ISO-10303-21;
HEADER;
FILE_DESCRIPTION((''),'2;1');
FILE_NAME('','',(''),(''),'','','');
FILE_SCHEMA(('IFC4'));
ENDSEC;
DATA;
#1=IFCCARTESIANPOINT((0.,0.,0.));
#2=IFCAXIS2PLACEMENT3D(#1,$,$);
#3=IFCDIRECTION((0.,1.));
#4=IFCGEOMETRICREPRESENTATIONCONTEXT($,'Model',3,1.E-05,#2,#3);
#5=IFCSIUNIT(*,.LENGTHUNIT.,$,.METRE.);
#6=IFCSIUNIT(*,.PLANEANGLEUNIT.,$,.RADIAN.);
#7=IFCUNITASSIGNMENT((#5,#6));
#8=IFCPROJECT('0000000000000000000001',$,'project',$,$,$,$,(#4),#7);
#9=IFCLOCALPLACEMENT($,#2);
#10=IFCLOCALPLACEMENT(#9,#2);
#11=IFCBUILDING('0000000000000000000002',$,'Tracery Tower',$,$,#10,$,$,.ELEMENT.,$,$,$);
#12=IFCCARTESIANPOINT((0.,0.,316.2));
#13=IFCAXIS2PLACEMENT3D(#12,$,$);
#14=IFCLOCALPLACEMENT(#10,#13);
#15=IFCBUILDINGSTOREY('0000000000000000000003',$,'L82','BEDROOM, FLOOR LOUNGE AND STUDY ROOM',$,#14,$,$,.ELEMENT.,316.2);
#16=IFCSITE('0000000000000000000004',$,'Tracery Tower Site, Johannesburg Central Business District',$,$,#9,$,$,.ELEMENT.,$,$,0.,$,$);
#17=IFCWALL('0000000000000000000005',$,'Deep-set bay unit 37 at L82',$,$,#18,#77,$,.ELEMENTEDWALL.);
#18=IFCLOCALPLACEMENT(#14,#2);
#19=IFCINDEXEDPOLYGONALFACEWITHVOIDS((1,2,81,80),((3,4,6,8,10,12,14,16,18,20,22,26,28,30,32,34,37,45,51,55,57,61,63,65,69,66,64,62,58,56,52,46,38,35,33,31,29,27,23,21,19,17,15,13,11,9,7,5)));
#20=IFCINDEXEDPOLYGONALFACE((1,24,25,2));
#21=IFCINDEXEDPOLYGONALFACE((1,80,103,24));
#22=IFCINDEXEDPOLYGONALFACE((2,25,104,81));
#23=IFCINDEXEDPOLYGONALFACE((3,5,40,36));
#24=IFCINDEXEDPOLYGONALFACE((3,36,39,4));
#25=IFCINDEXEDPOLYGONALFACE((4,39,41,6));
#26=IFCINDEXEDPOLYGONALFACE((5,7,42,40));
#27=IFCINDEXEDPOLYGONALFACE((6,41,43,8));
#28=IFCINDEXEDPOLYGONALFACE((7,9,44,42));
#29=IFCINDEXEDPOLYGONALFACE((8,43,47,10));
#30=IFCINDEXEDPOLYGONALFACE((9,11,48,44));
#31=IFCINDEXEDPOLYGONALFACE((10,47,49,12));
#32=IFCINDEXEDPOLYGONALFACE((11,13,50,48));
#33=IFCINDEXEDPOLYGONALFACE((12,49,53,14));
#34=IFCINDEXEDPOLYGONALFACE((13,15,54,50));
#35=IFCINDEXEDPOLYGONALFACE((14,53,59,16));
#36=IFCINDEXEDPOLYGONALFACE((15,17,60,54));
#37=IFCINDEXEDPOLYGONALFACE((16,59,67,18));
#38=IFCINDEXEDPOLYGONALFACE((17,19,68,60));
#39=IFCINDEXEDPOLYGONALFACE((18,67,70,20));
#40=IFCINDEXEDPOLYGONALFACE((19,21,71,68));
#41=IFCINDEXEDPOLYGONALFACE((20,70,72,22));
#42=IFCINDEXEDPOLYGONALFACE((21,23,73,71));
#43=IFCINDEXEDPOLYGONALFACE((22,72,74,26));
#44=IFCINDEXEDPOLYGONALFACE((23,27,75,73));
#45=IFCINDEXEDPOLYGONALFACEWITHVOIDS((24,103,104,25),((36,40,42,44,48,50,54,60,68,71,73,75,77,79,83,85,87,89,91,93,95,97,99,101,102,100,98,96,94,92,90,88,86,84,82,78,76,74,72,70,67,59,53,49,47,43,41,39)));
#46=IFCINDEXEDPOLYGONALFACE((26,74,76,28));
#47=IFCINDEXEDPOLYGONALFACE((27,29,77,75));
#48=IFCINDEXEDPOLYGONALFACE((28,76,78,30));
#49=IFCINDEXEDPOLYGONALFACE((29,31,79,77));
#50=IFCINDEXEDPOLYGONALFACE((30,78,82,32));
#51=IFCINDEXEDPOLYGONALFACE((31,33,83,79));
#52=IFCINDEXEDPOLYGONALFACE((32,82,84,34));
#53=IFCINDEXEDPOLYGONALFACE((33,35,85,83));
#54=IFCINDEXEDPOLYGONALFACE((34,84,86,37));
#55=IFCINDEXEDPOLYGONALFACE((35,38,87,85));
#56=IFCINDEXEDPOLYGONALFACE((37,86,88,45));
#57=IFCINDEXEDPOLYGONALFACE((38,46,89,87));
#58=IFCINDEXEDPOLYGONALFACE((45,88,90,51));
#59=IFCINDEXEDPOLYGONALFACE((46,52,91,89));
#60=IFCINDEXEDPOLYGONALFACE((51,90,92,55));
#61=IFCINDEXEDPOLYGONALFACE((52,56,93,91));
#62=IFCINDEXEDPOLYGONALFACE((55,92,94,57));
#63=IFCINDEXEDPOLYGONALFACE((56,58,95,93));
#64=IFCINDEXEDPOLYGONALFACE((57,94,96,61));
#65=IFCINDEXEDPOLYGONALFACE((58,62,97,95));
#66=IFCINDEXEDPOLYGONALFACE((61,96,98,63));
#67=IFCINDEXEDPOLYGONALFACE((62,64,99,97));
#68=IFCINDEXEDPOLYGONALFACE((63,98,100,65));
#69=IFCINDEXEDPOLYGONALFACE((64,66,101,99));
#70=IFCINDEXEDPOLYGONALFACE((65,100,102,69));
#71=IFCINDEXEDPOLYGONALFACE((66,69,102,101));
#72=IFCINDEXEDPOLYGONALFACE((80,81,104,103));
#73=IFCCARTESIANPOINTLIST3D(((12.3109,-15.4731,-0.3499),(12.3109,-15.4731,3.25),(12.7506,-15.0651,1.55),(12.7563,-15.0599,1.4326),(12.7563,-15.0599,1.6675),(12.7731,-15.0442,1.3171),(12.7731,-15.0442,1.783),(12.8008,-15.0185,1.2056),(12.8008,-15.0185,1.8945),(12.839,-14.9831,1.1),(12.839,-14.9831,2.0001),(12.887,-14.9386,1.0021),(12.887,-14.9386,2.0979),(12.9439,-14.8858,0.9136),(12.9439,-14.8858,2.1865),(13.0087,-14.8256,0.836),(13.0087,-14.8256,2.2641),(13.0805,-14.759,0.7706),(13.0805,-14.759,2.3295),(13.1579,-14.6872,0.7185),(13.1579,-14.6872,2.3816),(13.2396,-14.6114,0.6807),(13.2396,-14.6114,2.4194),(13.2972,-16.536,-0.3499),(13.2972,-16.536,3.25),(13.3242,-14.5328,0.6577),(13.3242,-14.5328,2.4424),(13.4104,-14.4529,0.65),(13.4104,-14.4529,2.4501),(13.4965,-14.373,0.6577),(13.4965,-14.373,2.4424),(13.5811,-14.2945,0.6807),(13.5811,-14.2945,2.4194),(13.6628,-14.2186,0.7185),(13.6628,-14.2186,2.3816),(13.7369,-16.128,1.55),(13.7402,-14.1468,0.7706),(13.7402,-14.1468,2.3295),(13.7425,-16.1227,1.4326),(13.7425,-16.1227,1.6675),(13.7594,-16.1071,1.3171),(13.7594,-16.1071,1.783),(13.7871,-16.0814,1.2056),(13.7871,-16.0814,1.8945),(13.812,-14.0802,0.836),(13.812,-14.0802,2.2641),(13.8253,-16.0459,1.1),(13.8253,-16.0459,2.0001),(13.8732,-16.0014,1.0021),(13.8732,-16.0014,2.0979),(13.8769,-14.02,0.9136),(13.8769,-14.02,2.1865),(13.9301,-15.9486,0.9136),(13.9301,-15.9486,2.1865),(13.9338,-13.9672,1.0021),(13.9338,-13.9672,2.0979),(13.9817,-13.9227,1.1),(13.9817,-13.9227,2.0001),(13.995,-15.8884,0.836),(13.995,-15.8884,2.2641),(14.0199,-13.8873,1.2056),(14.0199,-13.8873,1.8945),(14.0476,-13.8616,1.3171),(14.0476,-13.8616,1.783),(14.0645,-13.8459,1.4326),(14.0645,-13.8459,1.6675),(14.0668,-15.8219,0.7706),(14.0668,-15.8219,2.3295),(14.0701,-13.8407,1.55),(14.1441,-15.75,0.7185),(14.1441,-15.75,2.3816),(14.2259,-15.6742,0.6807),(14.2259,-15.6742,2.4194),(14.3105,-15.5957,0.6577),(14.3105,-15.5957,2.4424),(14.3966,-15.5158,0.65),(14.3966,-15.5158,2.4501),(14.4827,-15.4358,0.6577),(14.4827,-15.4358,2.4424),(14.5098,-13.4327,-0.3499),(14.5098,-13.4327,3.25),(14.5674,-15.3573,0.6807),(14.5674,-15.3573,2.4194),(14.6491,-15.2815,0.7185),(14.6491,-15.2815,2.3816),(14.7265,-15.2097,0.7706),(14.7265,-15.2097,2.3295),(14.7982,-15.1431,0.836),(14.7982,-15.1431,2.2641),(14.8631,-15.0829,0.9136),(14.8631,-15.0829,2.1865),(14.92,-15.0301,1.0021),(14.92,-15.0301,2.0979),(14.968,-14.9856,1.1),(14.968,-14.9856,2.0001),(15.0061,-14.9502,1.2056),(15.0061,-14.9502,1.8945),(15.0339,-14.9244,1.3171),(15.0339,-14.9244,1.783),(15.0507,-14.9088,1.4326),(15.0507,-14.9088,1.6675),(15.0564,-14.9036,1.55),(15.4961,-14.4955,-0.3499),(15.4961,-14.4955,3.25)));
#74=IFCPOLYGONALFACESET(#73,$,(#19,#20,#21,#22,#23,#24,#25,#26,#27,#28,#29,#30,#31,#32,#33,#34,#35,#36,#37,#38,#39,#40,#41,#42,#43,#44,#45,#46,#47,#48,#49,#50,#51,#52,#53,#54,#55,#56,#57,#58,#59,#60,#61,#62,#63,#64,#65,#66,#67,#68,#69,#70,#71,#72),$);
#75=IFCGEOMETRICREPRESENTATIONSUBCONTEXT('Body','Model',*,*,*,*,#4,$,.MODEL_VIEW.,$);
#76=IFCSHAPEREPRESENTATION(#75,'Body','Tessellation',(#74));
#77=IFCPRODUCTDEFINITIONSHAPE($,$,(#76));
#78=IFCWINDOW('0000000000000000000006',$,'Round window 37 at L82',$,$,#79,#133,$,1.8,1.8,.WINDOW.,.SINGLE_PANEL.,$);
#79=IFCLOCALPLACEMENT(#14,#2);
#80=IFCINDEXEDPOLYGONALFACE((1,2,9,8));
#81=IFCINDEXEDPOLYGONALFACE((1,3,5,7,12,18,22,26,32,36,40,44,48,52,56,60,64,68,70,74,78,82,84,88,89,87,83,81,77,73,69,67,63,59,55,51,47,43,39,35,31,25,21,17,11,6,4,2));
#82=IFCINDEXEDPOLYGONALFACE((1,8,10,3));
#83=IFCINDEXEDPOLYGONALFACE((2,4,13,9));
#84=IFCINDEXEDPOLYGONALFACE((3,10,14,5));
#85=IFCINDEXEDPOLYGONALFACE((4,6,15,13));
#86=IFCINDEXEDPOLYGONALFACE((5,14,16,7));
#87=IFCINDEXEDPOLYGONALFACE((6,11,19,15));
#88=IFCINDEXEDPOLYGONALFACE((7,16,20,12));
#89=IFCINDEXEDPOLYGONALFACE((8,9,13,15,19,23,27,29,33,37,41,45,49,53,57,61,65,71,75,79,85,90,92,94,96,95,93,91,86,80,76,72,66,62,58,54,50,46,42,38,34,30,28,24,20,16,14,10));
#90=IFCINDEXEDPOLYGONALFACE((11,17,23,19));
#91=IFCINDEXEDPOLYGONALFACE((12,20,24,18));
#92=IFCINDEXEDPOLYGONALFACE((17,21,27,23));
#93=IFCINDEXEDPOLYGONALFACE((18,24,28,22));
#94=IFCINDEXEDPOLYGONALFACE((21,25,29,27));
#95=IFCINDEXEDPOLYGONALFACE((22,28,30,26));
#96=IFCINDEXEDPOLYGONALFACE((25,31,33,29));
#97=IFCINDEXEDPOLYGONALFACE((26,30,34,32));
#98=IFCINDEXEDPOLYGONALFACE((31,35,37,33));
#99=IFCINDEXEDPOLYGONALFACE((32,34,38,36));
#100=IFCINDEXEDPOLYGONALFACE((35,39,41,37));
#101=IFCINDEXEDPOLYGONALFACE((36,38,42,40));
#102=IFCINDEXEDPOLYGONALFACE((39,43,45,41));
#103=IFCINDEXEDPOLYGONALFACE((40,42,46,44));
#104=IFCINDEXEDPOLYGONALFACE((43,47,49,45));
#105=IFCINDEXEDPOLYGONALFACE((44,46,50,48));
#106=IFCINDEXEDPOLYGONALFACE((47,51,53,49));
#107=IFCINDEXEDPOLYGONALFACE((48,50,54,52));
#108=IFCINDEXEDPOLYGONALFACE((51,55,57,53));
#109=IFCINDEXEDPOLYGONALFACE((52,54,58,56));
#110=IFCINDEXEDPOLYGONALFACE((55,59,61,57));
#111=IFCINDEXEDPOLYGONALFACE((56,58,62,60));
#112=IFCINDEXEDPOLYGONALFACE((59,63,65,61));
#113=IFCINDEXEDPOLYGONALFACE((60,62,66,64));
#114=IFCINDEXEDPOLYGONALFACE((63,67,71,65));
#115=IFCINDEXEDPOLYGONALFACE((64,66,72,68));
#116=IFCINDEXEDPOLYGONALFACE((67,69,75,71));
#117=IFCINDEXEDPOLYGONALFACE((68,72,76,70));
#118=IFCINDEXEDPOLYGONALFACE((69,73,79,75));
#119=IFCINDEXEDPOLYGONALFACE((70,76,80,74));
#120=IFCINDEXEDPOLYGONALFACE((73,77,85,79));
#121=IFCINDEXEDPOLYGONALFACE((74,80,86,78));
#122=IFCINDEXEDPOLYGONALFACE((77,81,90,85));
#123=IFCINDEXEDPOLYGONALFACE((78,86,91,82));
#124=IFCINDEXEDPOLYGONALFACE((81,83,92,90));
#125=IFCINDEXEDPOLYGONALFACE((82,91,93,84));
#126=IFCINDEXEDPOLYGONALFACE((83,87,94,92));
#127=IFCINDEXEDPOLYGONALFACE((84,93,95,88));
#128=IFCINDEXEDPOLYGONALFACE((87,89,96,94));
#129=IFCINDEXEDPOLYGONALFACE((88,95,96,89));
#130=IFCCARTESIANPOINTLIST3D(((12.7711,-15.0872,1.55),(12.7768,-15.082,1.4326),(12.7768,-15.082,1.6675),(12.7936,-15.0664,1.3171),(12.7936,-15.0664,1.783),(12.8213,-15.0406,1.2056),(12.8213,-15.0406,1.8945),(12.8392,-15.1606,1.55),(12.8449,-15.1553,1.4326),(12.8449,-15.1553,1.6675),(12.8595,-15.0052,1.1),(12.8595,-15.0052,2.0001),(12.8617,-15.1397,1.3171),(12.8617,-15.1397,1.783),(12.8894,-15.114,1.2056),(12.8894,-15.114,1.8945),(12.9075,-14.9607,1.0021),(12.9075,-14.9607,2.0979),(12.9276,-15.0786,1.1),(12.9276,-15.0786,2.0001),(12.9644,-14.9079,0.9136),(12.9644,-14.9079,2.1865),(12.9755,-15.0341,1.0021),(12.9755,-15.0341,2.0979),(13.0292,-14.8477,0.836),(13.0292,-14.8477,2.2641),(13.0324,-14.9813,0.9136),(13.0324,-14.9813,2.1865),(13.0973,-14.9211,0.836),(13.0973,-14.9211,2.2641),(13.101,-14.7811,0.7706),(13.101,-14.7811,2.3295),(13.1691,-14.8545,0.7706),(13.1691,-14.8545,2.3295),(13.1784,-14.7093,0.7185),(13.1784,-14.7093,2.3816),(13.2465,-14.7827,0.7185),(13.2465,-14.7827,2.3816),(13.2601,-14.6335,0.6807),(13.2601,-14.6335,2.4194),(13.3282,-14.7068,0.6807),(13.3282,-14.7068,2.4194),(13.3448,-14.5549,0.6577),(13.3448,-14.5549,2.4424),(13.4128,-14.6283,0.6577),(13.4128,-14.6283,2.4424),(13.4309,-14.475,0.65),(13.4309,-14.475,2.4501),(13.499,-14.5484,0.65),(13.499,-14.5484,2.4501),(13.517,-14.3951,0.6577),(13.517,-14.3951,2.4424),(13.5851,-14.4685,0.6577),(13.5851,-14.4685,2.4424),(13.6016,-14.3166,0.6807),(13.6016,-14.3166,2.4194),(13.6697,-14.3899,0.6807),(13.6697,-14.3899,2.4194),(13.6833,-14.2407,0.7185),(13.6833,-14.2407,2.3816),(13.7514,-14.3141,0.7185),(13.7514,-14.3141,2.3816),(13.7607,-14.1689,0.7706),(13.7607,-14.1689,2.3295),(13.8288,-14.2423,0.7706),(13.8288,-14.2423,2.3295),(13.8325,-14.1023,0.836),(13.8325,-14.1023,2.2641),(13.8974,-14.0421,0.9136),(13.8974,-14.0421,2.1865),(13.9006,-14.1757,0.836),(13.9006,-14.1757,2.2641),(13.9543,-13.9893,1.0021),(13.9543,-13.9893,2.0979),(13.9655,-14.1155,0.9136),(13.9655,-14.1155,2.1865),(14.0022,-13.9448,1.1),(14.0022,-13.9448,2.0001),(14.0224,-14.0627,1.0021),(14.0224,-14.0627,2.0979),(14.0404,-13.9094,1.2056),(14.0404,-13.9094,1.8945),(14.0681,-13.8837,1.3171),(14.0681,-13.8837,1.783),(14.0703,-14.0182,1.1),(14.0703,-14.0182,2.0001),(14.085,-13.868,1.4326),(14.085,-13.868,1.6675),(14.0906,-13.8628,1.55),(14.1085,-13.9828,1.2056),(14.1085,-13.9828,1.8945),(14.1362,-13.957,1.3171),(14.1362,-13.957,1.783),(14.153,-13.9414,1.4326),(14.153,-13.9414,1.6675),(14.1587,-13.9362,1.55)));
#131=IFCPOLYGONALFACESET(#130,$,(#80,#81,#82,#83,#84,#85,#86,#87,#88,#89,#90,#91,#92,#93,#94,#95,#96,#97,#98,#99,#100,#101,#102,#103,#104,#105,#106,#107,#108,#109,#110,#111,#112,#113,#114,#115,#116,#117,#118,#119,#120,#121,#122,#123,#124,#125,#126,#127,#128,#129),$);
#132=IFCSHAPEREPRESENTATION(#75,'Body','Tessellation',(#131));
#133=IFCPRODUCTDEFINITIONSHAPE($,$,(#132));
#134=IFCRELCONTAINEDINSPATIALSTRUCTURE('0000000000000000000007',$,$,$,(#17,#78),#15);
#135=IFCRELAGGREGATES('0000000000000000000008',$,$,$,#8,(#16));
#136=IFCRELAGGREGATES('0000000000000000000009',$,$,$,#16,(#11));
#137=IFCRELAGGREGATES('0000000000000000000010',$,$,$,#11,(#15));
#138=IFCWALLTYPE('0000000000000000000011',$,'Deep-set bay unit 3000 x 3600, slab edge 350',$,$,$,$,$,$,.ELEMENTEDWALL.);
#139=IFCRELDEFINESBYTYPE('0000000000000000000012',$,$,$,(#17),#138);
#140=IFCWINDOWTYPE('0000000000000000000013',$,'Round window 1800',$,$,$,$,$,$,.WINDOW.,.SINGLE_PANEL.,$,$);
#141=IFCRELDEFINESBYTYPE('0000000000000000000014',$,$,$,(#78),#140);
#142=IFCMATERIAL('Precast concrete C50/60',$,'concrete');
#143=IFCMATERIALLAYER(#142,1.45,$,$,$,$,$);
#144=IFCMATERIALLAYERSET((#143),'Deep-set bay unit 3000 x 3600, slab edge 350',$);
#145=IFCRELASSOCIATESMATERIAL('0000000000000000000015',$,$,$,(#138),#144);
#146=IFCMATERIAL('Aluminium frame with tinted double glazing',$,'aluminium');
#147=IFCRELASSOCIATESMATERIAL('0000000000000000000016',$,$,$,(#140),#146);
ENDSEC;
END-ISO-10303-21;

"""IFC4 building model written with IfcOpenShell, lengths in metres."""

from ifc_helpers import new_model, si_unit, direction, frame, frame_2d, origin, origin_2d, place, context, subcontext, project, spatial, rectangle, circle, extrude, material, layer, layer_set, type_object, element, fill, save


model = new_model("IFC4")

# Units and contexts
model_context = context("Model", 3, precision=1e-05, world=origin(), true_north=direction((0.0, 1.0)))
body_context = subcontext(model_context, "Body", "Model", "MODEL_VIEW")
ifc_project = project(units=[si_unit("LENGTHUNIT", "METRE"), si_unit("PLANEANGLEUNIT", "RADIAN")], contexts=[model_context])

# Site, building, storey
site_placement = place(None, origin())
site = spatial("IfcSite", under=ifc_project, at=site_placement, Name="Tracery Tower Site, Johannesburg Central Business District", CompositionType="ELEMENT", RefElevation=0.0)
building_placement = place(site_placement, origin())
building = spatial("IfcBuilding", under=site, at=building_placement, Name="Tracery Tower", CompositionType="ELEMENT")
storey_placement = place(building_placement, frame((0.0, 0.0, 316.2)))
storey = spatial("IfcBuildingStorey", under=building, at=storey_placement, Name="L82", Description="BEDROOM, FLOOR LOUNGE AND STUDY ROOM", CompositionType="ELEMENT", Elevation=316.2)

# Wall, opening, window
ifc_material_1 = material(Name="Precast concrete C50/60", Category="concrete")
ifc_layer_1 = layer(ifc_material_1, 1.45)
ifc_layer_set_1 = layer_set([ifc_layer_1], Name="Deep-set bay unit 3000 x 3600, slab edge 350")
wall_type_1 = type_object("IfcWallType", Name="Deep-set bay unit 3000 x 3600, slab edge 350", PredefinedType="ELEMENTEDWALL", material=ifc_layer_set_1)
wall_1_placement = place(storey_placement, frame((12.804, -16.0046, -0.3499), z_axis=(0.0, 0.0, 1.0), x_axis=(0.733022, 0.680204, 0.0)))
wall_1 = element("IfcWall", 1, at=wall_1_placement, inside=storey, type_object=wall_type_1, Name="Deep-set bay unit 37 at L82", PredefinedType="ELEMENTEDWALL", context=body_context, shape_type="SweptSolid", body=[
    extrude(rectangle(XDim=2.9998, YDim=1.45, at=frame_2d((1.5, 0.0))), origin(), (0.0, 0.0, 1.0), 3.5999),
])
opening_1_placement = place(wall_1_placement, frame((1.5, 0.0, 1.8999)))
opening_1 = element("IfcOpeningElement", 2, at=opening_1_placement, cuts=wall_1, PredefinedType="OPENING", context=body_context, shape_type="SweptSolid", body=[
    extrude(circle(Radius=0.9, at=origin_2d()), frame((0.0, 0.7349, 0.0), z_axis=(0.0, -1.0, 0.0), x_axis=(1.0, 0.0, 0.0)), (0.0, 0.0, 1.0), 1.47),
])
ifc_material_2 = material(Name="Aluminium frame with tinted double glazing", Category="aluminium")
window_type = type_object("IfcWindowType", Name="Round window 1800", PartitioningType="SINGLE_PANEL", PredefinedType="WINDOW", material=ifc_material_2)
window_1_placement = place(opening_1_placement, origin())
window_1 = element("IfcWindow", 3, at=window_1_placement, inside=storey, type_object=window_type, Name="Round window 37 at L82", OverallHeight=1.8, OverallWidth=1.8, PartitioningType="SINGLE_PANEL", PredefinedType="WINDOW", context=body_context, shape_type="SweptSolid", body=[
    extrude(circle(Radius=0.9, at=origin_2d()), frame((0.0, 0.6948, 0.0), z_axis=(0.0, -1.0, 0.0), x_axis=(1.0, 0.0, 0.0)), (0.0, 0.0, 1.0), 0.1001),
])
fill(opening_1, window_1)

save(model, "model.ifc")
